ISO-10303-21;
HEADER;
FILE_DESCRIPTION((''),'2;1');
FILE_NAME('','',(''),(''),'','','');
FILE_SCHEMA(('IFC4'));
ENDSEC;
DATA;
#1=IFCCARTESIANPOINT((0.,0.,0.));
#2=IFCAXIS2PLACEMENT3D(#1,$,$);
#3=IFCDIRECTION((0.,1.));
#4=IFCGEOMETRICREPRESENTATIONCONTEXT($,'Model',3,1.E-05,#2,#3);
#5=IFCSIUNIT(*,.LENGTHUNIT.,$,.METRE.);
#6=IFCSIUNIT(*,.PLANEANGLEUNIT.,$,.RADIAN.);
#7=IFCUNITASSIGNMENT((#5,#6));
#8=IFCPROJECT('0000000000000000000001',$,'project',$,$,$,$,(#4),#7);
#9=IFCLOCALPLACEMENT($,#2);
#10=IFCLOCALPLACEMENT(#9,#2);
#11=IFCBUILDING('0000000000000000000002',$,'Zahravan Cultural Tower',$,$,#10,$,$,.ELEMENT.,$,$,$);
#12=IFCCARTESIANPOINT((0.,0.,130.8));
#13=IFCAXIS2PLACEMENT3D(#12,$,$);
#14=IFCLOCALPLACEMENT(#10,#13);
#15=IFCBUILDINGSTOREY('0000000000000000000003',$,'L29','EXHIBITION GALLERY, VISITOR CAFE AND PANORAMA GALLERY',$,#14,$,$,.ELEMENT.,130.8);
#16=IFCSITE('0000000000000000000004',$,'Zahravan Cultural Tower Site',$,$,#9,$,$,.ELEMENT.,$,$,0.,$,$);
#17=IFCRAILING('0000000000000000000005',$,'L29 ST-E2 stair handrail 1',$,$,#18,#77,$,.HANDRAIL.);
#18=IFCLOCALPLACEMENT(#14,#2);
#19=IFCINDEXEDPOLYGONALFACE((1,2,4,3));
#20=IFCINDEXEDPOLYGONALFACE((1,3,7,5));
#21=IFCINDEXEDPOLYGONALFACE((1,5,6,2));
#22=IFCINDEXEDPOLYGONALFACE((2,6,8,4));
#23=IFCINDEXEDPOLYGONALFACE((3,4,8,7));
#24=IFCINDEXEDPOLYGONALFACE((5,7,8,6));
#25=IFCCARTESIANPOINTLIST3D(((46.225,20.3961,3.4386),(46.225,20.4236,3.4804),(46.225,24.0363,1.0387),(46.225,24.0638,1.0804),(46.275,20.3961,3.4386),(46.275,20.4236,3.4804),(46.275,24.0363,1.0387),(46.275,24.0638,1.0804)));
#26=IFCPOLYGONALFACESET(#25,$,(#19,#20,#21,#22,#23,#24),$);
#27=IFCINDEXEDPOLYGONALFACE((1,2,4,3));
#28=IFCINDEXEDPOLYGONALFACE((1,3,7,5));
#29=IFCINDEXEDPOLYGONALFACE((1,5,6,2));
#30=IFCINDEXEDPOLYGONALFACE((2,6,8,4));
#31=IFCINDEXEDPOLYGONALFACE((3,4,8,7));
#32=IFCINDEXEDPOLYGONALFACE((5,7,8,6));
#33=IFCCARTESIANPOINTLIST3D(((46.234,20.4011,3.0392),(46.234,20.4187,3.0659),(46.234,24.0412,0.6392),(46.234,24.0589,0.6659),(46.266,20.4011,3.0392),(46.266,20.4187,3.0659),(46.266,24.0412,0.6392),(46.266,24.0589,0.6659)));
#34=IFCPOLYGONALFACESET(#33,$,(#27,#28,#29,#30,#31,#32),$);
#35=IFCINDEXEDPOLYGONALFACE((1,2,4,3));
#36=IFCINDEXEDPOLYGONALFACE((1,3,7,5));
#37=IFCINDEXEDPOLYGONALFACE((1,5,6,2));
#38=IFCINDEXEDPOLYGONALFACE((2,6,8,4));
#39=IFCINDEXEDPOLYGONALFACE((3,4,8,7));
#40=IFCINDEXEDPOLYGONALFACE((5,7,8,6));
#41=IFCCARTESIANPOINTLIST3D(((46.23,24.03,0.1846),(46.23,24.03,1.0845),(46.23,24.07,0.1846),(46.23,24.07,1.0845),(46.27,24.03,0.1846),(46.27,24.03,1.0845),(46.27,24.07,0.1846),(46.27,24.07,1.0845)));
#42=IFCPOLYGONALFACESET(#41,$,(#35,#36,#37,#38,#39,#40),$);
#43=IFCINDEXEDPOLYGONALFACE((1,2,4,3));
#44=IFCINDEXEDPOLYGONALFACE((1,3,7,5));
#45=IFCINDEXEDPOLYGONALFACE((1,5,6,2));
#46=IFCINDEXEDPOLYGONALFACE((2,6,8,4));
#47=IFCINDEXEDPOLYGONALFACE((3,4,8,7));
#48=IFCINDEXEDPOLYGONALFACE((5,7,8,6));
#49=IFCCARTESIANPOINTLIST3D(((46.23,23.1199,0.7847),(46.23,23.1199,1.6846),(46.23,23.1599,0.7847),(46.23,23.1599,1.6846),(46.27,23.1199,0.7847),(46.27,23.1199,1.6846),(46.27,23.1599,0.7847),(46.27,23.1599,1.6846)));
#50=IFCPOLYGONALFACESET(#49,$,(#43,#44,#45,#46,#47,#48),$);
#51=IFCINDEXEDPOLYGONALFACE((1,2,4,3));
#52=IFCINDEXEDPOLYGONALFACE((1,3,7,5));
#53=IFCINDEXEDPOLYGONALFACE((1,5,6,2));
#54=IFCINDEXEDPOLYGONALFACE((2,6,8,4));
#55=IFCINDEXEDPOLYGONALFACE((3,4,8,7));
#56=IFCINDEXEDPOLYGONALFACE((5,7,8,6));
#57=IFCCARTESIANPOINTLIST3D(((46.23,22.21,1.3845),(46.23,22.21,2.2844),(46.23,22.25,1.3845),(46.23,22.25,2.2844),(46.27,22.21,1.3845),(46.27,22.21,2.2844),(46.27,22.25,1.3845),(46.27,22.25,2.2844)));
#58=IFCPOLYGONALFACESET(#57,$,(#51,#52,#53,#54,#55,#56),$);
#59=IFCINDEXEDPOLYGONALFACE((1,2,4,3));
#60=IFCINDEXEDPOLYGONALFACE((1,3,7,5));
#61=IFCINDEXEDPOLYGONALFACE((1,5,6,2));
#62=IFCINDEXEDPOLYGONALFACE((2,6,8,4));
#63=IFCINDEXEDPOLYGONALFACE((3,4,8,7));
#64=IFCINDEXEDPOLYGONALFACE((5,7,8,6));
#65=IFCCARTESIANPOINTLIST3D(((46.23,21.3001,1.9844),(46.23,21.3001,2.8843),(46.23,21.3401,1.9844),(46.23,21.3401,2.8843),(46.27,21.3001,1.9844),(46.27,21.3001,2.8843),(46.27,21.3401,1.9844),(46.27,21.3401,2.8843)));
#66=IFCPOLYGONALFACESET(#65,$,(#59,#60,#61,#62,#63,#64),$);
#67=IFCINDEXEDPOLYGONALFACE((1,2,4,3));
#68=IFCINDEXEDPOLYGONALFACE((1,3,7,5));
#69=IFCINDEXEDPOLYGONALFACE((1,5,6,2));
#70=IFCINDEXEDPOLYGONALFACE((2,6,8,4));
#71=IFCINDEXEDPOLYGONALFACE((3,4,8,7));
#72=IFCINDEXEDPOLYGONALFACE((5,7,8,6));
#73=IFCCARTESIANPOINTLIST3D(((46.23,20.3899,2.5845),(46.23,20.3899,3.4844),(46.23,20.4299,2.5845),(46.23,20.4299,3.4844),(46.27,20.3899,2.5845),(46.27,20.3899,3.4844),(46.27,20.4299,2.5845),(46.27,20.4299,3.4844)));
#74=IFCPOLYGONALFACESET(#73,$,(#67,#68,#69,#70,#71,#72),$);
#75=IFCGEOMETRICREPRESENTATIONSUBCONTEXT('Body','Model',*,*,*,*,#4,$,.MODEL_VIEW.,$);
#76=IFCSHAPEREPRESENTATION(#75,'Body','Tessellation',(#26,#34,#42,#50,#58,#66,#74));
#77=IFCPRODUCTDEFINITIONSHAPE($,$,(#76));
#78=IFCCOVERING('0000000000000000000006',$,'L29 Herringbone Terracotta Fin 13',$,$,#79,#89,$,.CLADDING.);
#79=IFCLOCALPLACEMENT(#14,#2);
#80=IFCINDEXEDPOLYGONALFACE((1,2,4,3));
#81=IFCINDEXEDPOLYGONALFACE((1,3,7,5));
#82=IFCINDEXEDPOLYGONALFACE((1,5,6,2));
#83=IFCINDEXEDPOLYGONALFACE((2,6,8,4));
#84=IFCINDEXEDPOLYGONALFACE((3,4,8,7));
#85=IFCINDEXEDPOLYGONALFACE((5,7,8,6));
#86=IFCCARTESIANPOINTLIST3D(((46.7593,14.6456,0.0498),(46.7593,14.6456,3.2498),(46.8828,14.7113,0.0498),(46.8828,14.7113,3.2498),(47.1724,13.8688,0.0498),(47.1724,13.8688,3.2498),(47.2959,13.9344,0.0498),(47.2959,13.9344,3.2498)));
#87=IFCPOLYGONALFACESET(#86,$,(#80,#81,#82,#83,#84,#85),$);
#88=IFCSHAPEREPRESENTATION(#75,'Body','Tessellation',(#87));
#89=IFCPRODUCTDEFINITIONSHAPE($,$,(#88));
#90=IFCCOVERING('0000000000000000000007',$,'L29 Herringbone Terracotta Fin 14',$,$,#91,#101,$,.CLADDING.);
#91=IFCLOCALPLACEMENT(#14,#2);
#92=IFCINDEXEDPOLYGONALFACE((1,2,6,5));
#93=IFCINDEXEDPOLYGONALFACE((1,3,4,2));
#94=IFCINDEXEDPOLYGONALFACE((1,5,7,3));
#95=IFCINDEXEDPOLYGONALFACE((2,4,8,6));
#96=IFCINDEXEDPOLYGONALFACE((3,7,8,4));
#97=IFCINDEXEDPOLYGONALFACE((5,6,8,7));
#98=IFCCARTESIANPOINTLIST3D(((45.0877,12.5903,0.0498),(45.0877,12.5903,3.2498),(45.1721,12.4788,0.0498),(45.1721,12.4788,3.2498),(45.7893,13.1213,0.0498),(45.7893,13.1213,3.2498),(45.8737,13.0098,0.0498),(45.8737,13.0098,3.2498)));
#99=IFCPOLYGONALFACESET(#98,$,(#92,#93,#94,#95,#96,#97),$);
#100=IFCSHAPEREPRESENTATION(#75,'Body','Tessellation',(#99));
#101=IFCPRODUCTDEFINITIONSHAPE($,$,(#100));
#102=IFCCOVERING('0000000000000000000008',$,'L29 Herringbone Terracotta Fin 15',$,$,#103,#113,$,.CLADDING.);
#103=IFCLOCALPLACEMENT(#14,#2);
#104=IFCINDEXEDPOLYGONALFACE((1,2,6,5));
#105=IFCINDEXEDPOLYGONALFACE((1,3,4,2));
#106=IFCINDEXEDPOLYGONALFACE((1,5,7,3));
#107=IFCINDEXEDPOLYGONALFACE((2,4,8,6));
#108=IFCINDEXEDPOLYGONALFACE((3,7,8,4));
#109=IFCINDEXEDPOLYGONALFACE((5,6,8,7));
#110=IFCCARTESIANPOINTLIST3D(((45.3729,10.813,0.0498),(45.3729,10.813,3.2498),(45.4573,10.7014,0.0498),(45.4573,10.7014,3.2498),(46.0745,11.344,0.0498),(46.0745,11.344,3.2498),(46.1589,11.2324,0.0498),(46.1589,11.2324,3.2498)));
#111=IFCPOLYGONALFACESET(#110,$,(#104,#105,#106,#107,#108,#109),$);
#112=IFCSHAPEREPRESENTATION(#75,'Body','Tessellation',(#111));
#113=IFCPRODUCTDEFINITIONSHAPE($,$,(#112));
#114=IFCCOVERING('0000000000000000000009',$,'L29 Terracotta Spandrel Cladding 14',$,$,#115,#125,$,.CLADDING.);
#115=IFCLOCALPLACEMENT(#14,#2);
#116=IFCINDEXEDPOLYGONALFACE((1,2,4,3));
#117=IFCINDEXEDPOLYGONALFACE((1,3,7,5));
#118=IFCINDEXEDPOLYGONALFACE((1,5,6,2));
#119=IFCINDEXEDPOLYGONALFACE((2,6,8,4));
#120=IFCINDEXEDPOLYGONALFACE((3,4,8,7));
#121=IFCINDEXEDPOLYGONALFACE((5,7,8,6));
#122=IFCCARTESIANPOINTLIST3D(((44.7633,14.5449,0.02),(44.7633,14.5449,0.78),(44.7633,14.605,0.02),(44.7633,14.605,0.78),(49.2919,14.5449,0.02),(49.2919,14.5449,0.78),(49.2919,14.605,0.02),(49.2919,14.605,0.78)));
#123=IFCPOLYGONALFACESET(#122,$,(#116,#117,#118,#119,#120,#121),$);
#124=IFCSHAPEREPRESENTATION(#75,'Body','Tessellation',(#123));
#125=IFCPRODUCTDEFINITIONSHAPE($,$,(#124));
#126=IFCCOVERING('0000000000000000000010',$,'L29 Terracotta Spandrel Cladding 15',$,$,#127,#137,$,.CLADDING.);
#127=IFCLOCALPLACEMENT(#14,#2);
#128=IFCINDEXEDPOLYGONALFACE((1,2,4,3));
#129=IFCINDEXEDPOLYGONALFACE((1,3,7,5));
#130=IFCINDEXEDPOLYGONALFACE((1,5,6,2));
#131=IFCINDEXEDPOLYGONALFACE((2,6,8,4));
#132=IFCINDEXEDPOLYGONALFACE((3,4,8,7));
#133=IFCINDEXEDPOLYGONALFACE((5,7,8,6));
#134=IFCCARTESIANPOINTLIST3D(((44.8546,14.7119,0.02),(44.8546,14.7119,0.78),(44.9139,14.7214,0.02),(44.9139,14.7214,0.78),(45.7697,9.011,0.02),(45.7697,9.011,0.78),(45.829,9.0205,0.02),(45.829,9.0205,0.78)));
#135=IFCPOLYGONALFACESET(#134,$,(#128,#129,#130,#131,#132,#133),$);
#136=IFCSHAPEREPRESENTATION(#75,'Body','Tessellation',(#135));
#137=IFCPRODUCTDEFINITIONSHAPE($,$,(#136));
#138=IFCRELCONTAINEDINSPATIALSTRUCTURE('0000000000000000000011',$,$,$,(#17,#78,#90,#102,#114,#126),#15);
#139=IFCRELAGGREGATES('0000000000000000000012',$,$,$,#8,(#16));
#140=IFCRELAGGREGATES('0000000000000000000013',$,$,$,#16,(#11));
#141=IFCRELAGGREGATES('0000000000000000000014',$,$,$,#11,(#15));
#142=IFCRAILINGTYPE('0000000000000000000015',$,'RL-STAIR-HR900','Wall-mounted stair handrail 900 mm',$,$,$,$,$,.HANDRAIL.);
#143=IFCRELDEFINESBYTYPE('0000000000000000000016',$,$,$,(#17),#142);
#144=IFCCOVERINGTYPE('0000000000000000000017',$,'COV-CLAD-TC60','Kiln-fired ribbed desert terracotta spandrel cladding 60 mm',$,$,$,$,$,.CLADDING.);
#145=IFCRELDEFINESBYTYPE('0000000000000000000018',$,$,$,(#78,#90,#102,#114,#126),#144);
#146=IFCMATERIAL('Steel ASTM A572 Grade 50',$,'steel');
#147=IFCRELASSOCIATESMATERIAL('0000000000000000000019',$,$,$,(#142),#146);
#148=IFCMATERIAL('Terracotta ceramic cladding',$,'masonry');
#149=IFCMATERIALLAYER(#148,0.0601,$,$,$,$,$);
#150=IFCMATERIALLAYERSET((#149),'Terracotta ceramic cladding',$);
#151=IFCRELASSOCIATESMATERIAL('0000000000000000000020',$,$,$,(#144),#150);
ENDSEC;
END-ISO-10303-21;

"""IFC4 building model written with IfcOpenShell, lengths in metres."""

from ifc_helpers import new_model, si_unit, direction, frame, origin, origin_2d, place, context, subcontext, project, spatial, rectangle, extrude, source, transform, mapped, material, layer, layer_set, type_object, element, save


model = new_model("IFC4")

# Units and contexts
model_context = context("Model", 3, precision=1e-05, world=origin(), true_north=direction((0.0, 1.0)))
body_context = subcontext(model_context, "Body", "Model", "MODEL_VIEW")
ifc_project = project(units=[si_unit("LENGTHUNIT", "METRE"), si_unit("PLANEANGLEUNIT", "RADIAN")], contexts=[model_context])

# Site, building, storey
site_placement = place(None, origin())
site = spatial("IfcSite", under=ifc_project, at=site_placement, Name="Zahravan Cultural Tower Site", CompositionType="ELEMENT", RefElevation=0.0)
building_placement = place(site_placement, origin())
building = spatial("IfcBuilding", under=site, at=building_placement, Name="Zahravan Cultural Tower", CompositionType="ELEMENT")
storey_placement = place(building_placement, frame((0.0, 0.0, 130.8)))
storey = spatial("IfcBuildingStorey", under=building, at=storey_placement, Name="L29", Description="EXHIBITION GALLERY, VISITOR CAFE AND PANORAMA GALLERY", CompositionType="ELEMENT", Elevation=130.8)

# Shared definitions
ifc_material_1 = material(Name="Steel ASTM A572 Grade 50", Category="steel")

# Railing
railing_type_1 = type_object("IfcRailingType", Name="RL-STAIR-HR900", Description="Wall-mounted stair handrail 900 mm", PredefinedType="HANDRAIL", material=ifc_material_1)
railing_1_placement = place(storey_placement, frame((46.25, 24.05, 0.1846)))
element("IfcRailing", 1, at=railing_1_placement, inside=storey, type_object=railing_type_1, Name="L29 ST-E2 stair handrail 1", PredefinedType="HANDRAIL", context=body_context, shape_type="SweptSolid", body=[
    extrude(rectangle(XDim=0.05, YDim=0.05, at=origin_2d()), frame((0.0, 0.0, 0.875), z_axis=(0.0, -0.834882, 0.550429), x_axis=(1.0, 0.0, 0.0)), (0.0, 0.0, 1.0), 4.3601),
    extrude(rectangle(XDim=0.032, YDim=0.032, at=origin_2d()), frame((0.0, 0.0, 0.468), z_axis=(0.0, -0.834882, 0.550429), x_axis=(1.0, 0.0, 0.0)), (0.0, 0.0, 1.0), 4.3601),
    extrude(rectangle(XDim=0.04, YDim=0.04, at=origin_2d()), origin(), (0.0, 0.0, 1.0), 0.8999),
    extrude(rectangle(XDim=0.04, YDim=0.04, at=origin_2d()), frame((0.0, -0.9102, 0.6001)), (0.0, 0.0, 1.0), 0.8999),
    extrude(rectangle(XDim=0.04, YDim=0.04, at=origin_2d()), frame((0.0, -1.8201, 1.2)), (0.0, 0.0, 1.0), 0.8999),
    extrude(rectangle(XDim=0.04, YDim=0.04, at=origin_2d()), frame((0.0, -2.73, 1.7998)), (0.0, 0.0, 1.0), 0.8999),
    extrude(rectangle(XDim=0.04, YDim=0.04, at=origin_2d()), frame((0.0, -3.6401, 2.3999)), (0.0, 0.0, 1.0), 0.8999),
])

# Coverings
ifc_material_2 = material(Name="Terracotta ceramic cladding", Category="masonry")
ifc_layer_1 = layer(ifc_material_2, 0.0601)
ifc_layer_set_1 = layer_set([ifc_layer_1], Name="Terracotta ceramic cladding")
covering_type = type_object("IfcCoveringType", Name="COV-CLAD-TC60", Description="Kiln-fired ribbed desert terracotta spandrel cladding 60 mm", PredefinedType="CLADDING", material=ifc_layer_set_1)
shared_shape_1 = source(origin(), body_context, "Body", "SweptSolid", [
    extrude(rectangle(XDim=0.8799, YDim=0.1399, at=origin_2d()), origin(), (0.0, 0.0, 1.0), 3.2),
])
for number, where, z_axis, x_axis, name in (
    (2, (47.0276, 14.29, 0.0498), (0.0, 0.0, 1.0), (0.469472, -0.882948, 0.0), "L29 Herringbone Terracotta Fin 13"),
    (3, (45.4807, 12.8, 0.0498), (0.0, 0.0, 1.0), (0.797373, 0.603486, 0.0), "L29 Herringbone Terracotta Fin 14"),
    (4, (45.7659, 11.0227, 0.0498), (0.0, 0.0, 1.0), (0.797373, 0.603486, 0.0), "L29 Herringbone Terracotta Fin 15"),
):
    element("IfcCovering", number, at=place(storey_placement, frame(where, z_axis=z_axis, x_axis=x_axis)), inside=storey, type_object=covering_type, Name=name, PredefinedType="CLADDING", context=body_context, shape_type="MappedRepresentation", body=[
        mapped(shared_shape_1, transform((0.0, 0.0, 0.0), x_axis=(1.0, 0.0, 0.0), y_axis=(0.0, 1.0, 0.0), z_axis=(0.0, 0.0, 1.0), scale=1.0)),
    ])
shared_shape_2 = source(origin(), body_context, "Body", "SweptSolid", [
    extrude(rectangle(XDim=4.5286, YDim=0.0601, at=origin_2d()), origin(), (0.0, 0.0, 1.0), 0.76),
])
covering_1_placement = place(storey_placement, frame((47.0276, 14.575, 0.02), z_axis=(0.0, 0.0, 1.0), x_axis=(-1.0, 0.0, 0.0)))
element("IfcCovering", 5, at=covering_1_placement, inside=storey, type_object=covering_type, Name="L29 Terracotta Spandrel Cladding 14", PredefinedType="CLADDING", context=body_context, shape_type="MappedRepresentation", body=[
    mapped(shared_shape_2, transform((0.0, 0.0, 0.0), x_axis=(1.0, 0.0, 0.0), y_axis=(0.0, 1.0, 0.0), z_axis=(0.0, 0.0, 1.0), scale=1.0)),
])
shared_shape_3 = source(origin(), body_context, "Body", "SweptSolid", [
    extrude(rectangle(XDim=5.7739, YDim=0.0601, at=origin_2d()), origin(), (0.0, 0.0, 1.0), 0.76),
])
covering_2_placement = place(storey_placement, frame((45.3418, 11.8662, 0.02), z_axis=(0.0, 0.0, 1.0), x_axis=(0.158503, -0.987359, 0.0)))
element("IfcCovering", 6, at=covering_2_placement, inside=storey, type_object=covering_type, Name="L29 Terracotta Spandrel Cladding 15", PredefinedType="CLADDING", context=body_context, shape_type="MappedRepresentation", body=[
    mapped(shared_shape_3, transform((0.0, 0.0, 0.0), x_axis=(1.0, 0.0, 0.0), y_axis=(0.0, 1.0, 0.0), z_axis=(0.0, 0.0, 1.0), scale=1.0)),
])

save(model, "model.ifc")
